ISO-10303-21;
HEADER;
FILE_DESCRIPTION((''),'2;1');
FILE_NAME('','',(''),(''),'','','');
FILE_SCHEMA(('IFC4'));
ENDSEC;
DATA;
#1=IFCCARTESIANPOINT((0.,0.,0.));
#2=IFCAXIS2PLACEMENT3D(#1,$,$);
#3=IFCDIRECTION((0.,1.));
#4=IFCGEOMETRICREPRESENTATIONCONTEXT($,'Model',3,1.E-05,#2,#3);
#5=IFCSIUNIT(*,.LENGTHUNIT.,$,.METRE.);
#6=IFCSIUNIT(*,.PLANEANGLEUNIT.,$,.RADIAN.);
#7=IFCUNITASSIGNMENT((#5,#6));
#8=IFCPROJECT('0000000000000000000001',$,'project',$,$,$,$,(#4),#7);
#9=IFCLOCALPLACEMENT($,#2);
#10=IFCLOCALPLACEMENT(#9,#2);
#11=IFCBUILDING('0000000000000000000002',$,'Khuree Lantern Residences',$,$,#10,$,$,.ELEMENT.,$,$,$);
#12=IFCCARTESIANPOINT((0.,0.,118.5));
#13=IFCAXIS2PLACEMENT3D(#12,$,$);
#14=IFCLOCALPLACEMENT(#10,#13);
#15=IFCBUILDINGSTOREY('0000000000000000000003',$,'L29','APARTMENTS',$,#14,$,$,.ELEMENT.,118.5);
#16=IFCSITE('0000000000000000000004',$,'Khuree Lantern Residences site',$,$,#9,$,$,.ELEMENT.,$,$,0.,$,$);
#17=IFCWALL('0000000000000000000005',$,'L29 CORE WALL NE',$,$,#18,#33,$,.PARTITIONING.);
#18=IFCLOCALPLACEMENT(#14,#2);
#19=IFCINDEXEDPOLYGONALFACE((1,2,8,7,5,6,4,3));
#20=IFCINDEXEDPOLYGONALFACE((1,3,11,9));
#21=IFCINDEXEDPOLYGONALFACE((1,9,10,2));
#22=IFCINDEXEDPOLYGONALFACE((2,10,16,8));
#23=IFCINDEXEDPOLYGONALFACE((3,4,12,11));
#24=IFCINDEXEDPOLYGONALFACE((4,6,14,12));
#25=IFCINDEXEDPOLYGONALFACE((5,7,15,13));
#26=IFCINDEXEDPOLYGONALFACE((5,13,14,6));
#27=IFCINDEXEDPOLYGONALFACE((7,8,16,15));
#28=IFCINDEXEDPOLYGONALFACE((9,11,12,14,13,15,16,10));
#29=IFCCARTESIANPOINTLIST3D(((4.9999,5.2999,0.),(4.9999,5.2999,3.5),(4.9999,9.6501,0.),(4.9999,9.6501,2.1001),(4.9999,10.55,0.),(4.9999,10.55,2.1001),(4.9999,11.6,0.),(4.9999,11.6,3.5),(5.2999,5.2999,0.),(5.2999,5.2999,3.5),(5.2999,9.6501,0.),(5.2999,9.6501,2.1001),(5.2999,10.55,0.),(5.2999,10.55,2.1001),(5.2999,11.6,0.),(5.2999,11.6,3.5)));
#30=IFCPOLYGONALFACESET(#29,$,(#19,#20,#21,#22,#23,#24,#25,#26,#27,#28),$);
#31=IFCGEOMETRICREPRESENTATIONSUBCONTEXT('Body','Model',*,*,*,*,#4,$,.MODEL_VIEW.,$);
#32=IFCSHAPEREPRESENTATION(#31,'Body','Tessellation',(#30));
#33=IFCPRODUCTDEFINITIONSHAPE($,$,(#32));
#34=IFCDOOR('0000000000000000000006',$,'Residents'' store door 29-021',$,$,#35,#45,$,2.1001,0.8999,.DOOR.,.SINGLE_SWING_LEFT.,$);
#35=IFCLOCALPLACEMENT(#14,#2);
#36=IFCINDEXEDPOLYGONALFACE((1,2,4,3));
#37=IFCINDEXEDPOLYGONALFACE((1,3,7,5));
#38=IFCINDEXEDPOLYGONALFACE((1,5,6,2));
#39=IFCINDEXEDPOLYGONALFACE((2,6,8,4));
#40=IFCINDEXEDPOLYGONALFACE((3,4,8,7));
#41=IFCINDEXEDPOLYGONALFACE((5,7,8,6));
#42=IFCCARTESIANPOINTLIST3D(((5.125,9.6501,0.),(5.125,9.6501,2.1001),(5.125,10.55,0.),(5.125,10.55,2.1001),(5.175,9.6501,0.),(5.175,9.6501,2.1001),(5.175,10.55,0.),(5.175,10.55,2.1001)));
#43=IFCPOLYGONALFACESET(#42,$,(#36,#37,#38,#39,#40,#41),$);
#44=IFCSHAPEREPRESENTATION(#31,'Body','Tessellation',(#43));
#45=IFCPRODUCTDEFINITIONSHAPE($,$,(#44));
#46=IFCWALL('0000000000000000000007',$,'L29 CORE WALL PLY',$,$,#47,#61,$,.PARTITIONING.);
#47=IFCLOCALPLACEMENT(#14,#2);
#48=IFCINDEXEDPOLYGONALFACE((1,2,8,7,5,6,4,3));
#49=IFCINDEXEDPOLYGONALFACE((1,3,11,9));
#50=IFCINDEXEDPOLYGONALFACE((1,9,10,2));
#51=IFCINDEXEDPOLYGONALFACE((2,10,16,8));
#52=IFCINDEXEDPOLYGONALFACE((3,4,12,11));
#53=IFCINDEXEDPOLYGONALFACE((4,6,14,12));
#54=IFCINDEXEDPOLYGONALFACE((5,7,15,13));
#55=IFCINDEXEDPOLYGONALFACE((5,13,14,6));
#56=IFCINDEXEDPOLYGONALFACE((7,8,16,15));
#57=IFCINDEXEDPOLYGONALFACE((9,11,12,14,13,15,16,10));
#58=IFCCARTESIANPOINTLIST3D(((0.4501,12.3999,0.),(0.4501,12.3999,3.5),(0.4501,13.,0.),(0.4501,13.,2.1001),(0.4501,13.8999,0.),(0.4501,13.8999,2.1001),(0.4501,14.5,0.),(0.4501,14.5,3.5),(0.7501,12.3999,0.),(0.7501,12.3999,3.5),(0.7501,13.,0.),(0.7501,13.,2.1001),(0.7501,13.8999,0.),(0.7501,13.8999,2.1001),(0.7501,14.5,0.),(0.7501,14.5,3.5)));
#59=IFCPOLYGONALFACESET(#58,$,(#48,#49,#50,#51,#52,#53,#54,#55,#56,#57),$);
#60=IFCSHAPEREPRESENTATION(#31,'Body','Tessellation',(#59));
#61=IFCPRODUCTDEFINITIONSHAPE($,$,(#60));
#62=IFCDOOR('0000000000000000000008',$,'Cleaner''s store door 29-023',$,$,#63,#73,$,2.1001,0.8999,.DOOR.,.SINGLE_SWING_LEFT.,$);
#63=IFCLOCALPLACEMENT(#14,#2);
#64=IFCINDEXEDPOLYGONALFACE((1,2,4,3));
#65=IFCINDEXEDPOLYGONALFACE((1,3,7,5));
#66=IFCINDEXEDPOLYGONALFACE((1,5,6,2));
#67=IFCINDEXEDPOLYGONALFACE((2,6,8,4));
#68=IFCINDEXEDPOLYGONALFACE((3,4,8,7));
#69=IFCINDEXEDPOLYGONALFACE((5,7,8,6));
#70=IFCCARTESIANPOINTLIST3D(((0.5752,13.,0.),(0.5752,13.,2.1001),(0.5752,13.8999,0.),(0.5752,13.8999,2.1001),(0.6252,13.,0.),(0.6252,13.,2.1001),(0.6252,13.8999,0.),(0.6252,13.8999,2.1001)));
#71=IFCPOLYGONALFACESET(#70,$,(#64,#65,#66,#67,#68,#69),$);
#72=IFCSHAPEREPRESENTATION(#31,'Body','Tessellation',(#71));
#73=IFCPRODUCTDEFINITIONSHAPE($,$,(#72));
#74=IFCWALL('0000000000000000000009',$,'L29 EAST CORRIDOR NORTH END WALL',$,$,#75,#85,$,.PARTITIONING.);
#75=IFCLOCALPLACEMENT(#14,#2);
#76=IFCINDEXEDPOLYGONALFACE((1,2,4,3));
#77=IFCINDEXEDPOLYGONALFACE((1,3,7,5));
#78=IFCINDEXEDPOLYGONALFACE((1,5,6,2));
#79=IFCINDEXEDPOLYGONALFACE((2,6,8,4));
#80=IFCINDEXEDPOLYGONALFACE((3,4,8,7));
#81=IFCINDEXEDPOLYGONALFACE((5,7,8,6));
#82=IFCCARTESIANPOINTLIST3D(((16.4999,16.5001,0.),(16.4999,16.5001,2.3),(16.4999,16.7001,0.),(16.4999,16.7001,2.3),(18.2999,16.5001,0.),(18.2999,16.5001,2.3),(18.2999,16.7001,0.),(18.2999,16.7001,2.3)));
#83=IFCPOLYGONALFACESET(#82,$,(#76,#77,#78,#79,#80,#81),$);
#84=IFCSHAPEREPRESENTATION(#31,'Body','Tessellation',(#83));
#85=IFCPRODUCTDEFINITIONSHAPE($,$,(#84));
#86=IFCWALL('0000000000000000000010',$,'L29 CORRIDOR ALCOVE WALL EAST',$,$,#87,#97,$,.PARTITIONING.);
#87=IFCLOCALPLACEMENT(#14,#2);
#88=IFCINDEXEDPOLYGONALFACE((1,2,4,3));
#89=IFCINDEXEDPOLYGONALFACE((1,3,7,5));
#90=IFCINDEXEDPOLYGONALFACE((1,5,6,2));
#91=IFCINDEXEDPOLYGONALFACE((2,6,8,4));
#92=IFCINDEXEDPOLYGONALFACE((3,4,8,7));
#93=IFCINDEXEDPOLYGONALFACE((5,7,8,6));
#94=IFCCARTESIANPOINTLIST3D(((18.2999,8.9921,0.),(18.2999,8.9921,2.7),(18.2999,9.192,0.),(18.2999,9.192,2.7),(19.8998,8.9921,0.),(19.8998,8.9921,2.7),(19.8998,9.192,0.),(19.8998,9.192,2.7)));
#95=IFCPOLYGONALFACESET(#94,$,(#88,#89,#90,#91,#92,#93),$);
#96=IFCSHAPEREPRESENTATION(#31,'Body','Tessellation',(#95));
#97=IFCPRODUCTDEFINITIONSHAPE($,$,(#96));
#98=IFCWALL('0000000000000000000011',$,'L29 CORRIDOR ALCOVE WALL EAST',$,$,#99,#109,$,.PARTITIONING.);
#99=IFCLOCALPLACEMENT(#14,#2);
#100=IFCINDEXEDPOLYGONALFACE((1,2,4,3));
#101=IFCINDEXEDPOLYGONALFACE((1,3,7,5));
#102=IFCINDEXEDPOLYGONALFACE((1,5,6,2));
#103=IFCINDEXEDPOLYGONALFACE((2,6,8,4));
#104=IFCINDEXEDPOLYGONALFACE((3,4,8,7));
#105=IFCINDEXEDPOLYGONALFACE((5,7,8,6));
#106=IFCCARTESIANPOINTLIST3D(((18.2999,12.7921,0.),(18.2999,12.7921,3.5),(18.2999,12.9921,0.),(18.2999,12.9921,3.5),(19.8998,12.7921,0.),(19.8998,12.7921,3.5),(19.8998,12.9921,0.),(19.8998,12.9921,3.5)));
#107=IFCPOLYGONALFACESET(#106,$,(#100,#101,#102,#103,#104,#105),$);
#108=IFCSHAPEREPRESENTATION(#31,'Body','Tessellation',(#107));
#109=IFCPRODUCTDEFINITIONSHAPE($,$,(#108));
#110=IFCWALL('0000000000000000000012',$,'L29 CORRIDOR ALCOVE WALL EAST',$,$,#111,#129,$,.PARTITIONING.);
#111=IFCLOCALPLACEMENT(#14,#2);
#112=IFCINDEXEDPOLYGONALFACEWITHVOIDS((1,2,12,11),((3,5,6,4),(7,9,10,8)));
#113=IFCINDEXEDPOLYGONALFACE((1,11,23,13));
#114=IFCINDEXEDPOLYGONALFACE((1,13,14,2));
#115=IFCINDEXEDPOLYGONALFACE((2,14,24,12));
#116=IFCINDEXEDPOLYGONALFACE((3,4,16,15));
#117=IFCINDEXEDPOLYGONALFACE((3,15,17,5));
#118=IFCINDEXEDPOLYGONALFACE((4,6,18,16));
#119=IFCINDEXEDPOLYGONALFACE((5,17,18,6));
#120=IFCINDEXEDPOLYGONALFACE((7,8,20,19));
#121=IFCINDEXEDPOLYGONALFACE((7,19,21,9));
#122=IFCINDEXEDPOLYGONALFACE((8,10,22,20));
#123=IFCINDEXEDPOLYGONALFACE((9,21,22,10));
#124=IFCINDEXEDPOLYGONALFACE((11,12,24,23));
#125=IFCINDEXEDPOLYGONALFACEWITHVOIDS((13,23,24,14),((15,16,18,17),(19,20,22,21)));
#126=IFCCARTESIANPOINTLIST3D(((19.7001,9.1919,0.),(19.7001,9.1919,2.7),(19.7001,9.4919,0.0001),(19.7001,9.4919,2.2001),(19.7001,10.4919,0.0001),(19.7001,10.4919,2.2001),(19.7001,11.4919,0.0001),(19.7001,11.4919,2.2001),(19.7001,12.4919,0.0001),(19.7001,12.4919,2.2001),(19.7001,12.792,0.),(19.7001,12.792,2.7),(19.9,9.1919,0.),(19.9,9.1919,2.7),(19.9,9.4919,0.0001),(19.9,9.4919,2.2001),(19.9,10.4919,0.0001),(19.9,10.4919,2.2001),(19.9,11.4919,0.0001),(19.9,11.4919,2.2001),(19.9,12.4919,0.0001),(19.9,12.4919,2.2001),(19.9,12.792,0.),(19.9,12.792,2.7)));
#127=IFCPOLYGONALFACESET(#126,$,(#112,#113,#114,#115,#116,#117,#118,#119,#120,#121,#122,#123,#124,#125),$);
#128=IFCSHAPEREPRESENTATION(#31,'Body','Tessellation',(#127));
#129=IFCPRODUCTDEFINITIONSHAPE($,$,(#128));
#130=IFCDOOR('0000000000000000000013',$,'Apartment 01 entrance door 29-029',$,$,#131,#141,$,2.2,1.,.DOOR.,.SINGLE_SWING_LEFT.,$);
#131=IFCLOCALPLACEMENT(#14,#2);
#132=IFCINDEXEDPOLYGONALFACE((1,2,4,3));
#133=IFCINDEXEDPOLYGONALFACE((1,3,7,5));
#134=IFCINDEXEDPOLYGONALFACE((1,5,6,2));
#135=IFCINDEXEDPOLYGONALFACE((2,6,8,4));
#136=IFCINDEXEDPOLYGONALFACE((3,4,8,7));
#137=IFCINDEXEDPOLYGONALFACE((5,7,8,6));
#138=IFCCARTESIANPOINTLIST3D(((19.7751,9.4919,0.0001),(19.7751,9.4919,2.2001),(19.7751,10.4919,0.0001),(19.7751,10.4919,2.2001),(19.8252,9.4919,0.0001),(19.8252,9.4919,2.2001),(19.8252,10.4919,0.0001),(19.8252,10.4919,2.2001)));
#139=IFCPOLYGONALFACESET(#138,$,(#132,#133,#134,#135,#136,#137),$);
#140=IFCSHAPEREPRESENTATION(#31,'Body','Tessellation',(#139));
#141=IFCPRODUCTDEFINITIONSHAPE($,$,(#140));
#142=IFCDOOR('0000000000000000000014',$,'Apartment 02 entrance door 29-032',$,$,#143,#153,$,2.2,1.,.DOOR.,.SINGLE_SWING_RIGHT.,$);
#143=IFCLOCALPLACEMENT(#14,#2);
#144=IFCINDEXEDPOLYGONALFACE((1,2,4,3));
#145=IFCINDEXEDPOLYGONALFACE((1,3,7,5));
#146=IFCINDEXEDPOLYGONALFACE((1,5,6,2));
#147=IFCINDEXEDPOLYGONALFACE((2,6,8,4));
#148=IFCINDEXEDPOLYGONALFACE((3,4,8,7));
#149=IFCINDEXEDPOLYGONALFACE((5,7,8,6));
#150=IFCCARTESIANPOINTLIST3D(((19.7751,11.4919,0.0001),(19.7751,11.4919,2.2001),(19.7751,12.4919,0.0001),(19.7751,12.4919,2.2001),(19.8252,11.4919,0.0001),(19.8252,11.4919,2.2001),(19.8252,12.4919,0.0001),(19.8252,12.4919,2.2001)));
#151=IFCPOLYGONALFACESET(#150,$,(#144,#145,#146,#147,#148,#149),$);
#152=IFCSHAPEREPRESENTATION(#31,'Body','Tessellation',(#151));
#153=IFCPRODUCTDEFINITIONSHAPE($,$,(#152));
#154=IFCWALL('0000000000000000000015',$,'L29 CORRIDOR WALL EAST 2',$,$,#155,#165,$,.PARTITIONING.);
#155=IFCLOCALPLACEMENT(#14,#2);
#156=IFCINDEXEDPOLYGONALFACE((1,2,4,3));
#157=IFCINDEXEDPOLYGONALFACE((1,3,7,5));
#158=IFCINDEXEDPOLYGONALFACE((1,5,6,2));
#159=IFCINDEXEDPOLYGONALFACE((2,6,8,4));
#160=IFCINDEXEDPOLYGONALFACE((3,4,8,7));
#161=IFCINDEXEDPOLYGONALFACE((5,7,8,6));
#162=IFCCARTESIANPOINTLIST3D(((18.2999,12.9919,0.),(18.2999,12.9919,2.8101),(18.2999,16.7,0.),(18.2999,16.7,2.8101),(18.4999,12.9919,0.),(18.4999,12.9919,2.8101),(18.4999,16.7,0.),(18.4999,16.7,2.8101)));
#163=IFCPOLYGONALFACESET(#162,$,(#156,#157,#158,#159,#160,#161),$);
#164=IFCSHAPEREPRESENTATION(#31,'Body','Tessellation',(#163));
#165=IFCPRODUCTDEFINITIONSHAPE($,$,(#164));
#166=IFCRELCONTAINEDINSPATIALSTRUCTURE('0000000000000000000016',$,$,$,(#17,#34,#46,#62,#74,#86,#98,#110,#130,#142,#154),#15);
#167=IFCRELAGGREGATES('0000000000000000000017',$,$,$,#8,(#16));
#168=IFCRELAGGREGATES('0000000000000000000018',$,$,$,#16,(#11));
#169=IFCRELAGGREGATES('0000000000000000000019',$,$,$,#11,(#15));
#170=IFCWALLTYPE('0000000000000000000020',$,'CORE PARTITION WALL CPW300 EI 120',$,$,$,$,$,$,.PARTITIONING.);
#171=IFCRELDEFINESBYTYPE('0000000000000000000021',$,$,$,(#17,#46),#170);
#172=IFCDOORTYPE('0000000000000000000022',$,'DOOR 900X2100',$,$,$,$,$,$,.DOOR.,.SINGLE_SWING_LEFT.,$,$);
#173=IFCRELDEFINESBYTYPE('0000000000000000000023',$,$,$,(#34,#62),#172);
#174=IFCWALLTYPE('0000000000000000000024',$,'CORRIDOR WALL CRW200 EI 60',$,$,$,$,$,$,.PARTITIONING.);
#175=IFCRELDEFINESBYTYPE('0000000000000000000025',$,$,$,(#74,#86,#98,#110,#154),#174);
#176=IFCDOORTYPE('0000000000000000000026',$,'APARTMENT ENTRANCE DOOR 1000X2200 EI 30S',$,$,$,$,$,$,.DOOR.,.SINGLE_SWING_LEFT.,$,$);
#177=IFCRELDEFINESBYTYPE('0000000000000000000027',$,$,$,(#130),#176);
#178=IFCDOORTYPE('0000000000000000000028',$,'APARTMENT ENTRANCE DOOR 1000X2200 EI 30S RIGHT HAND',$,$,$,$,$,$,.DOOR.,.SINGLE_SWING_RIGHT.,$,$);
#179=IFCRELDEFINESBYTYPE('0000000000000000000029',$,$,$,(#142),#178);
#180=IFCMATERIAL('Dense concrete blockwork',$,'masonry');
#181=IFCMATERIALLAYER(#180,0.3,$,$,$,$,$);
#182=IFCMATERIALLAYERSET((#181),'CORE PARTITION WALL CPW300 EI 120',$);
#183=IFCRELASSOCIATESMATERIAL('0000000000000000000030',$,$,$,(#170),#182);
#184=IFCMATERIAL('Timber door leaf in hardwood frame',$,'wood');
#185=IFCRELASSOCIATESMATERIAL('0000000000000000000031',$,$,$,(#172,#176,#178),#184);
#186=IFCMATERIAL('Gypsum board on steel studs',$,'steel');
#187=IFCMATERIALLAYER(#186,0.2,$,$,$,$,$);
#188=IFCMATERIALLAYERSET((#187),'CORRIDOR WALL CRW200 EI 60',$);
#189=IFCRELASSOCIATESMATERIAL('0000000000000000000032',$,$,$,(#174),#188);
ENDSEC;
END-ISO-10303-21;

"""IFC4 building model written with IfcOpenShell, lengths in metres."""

from ifc_helpers import new_model, si_unit, direction, frame, frame_2d, origin, place, context, subcontext, project, spatial, rectangle, extrude, material, layer, layer_set, type_object, element, fill, save


model = new_model("IFC4")

# Units and contexts
model_context = context("Model", 3, precision=1e-05, world=origin(), true_north=direction((0.0, 1.0)))
body_context = subcontext(model_context, "Body", "Model", "MODEL_VIEW")
ifc_project = project(units=[si_unit("LENGTHUNIT", "METRE"), si_unit("PLANEANGLEUNIT", "RADIAN")], contexts=[model_context])

# Site, building, storey
site_placement = place(None, origin())
site = spatial("IfcSite", under=ifc_project, at=site_placement, Name="Khuree Lantern Residences site", CompositionType="ELEMENT", RefElevation=0.0)
building_placement = place(site_placement, origin())
building = spatial("IfcBuilding", under=site, at=building_placement, Name="Khuree Lantern Residences", CompositionType="ELEMENT")
storey_placement = place(building_placement, frame((0.0, 0.0, 118.5)))
storey = spatial("IfcBuildingStorey", under=building, at=storey_placement, Name="L29", Description="APARTMENTS", CompositionType="ELEMENT", Elevation=118.5)

# Shared definitions
ifc_material_1 = material(Name="Timber door leaf in hardwood frame", Category="wood")

# Shared definitions
ifc_material_2 = material(Name="Dense concrete blockwork", Category="masonry")
ifc_layer_1 = layer(ifc_material_2, 0.3)
ifc_layer_set_1 = layer_set([ifc_layer_1], Name="CORE PARTITION WALL CPW300 EI 120")
wall_type_1 = type_object("IfcWallType", Name="CORE PARTITION WALL CPW300 EI 120", PredefinedType="PARTITIONING", material=ifc_layer_set_1)

# Walls, openings, doors
wall_1_placement = place(storey_placement, frame((5.1499, 5.3, 0.0), z_axis=(0.0, 0.0, 1.0), x_axis=(0.0, 1.0, 0.0)))
wall_1 = element("IfcWall", 1, at=wall_1_placement, inside=storey, type_object=wall_type_1, Name="L29 CORE WALL NE", PredefinedType="PARTITIONING", context=body_context, shape_type="SweptSolid", body=[
    extrude(rectangle(XDim=6.3, YDim=0.3, at=frame_2d((3.1499, 0.0))), origin(), (0.0, 0.0, 1.0), 3.5),
])
opening_1_placement = place(wall_1_placement, frame((4.3501, 0.0, 0.0)))
opening_1 = element("IfcOpeningElement", 2, at=opening_1_placement, cuts=wall_1, PredefinedType="OPENING", context=body_context, shape_type="SweptSolid", body=[
    extrude(rectangle(XDim=0.8999, YDim=2.1001, at=frame_2d((0.45, 1.05))), frame((0.0, 0.1602, 0.0), z_axis=(0.0, -1.0, 0.0), x_axis=(1.0, 0.0, 0.0)), (0.0, 0.0, 1.0), 0.3201),
])
door_type_1 = type_object("IfcDoorType", Name="DOOR 900X2100", OperationType="SINGLE_SWING_LEFT", PredefinedType="DOOR", material=ifc_material_1)
door_1_placement = place(opening_1_placement, origin())
door_1 = element("IfcDoor", 3, at=door_1_placement, inside=storey, type_object=door_type_1, Name="Residents' store door 29-021", OperationType="SINGLE_SWING_LEFT", OverallHeight=2.1001, OverallWidth=0.8999, PredefinedType="DOOR", context=body_context, shape_type="SweptSolid", body=[
    extrude(rectangle(XDim=0.8999, YDim=2.1001, at=frame_2d((0.45, 1.05))), frame((0.0, 0.0249, 0.0), z_axis=(0.0, -1.0, 0.0), x_axis=(1.0, 0.0, 0.0)), (0.0, 0.0, 1.0), 0.05),
])
fill(opening_1, door_1)
wall_2_placement = place(storey_placement, frame((0.6001, 12.3999, 0.0), z_axis=(0.0, 0.0, 1.0), x_axis=(0.0, 1.0, 0.0)))
wall_2 = element("IfcWall", 4, at=wall_2_placement, inside=storey, type_object=wall_type_1, Name="L29 CORE WALL PLY", PredefinedType="PARTITIONING", context=body_context, shape_type="SweptSolid", body=[
    extrude(rectangle(XDim=2.1001, YDim=0.3, at=frame_2d((1.05, 0.0))), origin(), (0.0, 0.0, 1.0), 3.5),
])
opening_2_placement = place(wall_2_placement, frame((0.6001, 0.0, 0.0)))
opening_2 = element("IfcOpeningElement", 5, at=opening_2_placement, cuts=wall_2, PredefinedType="OPENING", context=body_context, shape_type="SweptSolid", body=[
    extrude(rectangle(XDim=0.8999, YDim=2.1001, at=frame_2d((0.45, 1.05))), frame((0.0, 0.1602, 0.0), z_axis=(0.0, -1.0, 0.0), x_axis=(1.0, 0.0, 0.0)), (0.0, 0.0, 1.0), 0.3201),
])
door_2_placement = place(opening_2_placement, origin())
door_2 = element("IfcDoor", 6, at=door_2_placement, inside=storey, type_object=door_type_1, Name="Cleaner's store door 29-023", OperationType="SINGLE_SWING_LEFT", OverallHeight=2.1001, OverallWidth=0.8999, PredefinedType="DOOR", context=body_context, shape_type="SweptSolid", body=[
    extrude(rectangle(XDim=0.8999, YDim=2.1001, at=frame_2d((0.45, 1.05))), frame((0.0, 0.0249, 0.0), z_axis=(0.0, -1.0, 0.0), x_axis=(1.0, 0.0, 0.0)), (0.0, 0.0, 1.0), 0.05),
])
fill(opening_2, door_2)

# Walls
ifc_material_3 = material(Name="Gypsum board on steel studs", Category="steel")
ifc_layer_2 = layer(ifc_material_3, 0.2)
ifc_layer_set_2 = layer_set([ifc_layer_2], Name="CORRIDOR WALL CRW200 EI 60")
wall_type_2 = type_object("IfcWallType", Name="CORRIDOR WALL CRW200 EI 60", PredefinedType="PARTITIONING", material=ifc_layer_set_2)
wall_3_placement = place(storey_placement, frame((16.5, 16.6001, 0.0), z_axis=(0.0, 0.0, 1.0), x_axis=(1.0, 0.0, 0.0)))
element("IfcWall", 7, at=wall_3_placement, inside=storey, type_object=wall_type_2, Name="L29 EAST CORRIDOR NORTH END WALL", PredefinedType="PARTITIONING", context=body_context, shape_type="SweptSolid", body=[
    extrude(rectangle(XDim=1.8, YDim=0.2, at=frame_2d((0.8999, 0.0))), origin(), (0.0, 0.0, 1.0), 2.3),
])
wall_4_placement = place(storey_placement, frame((18.3, 9.092, 0.0), z_axis=(0.0, 0.0, 1.0), x_axis=(1.0, 0.0, 0.0)))
element("IfcWall", 8, at=wall_4_placement, inside=storey, type_object=wall_type_2, Name="L29 CORRIDOR ALCOVE WALL EAST", PredefinedType="PARTITIONING", context=body_context, shape_type="SweptSolid", body=[
    extrude(rectangle(XDim=1.5999, YDim=0.2, at=frame_2d((0.7998, 0.0))), origin(), (0.0, 0.0, 1.0), 2.7),
])
wall_5_placement = place(storey_placement, frame((18.3, 12.8921, 0.0), z_axis=(0.0, 0.0, 1.0), x_axis=(1.0, 0.0, 0.0)))
element("IfcWall", 9, at=wall_5_placement, inside=storey, type_object=wall_type_2, Name="L29 CORRIDOR ALCOVE WALL EAST", PredefinedType="PARTITIONING", context=body_context, shape_type="SweptSolid", body=[
    extrude(rectangle(XDim=1.5999, YDim=0.2, at=frame_2d((0.7998, 0.0))), origin(), (0.0, 0.0, 1.0), 3.5),
])

# Wall, openings, doors
wall_6_placement = place(storey_placement, frame((19.8, 9.1919, 0.0), z_axis=(0.0, 0.0, 1.0), x_axis=(0.0, 1.0, 0.0)))
wall_6 = element("IfcWall", 10, at=wall_6_placement, inside=storey, type_object=wall_type_2, Name="L29 CORRIDOR ALCOVE WALL EAST", PredefinedType="PARTITIONING", context=body_context, shape_type="SweptSolid", body=[
    extrude(rectangle(XDim=3.6001, YDim=0.2, at=frame_2d((1.8, 0.0))), origin(), (0.0, 0.0, 1.0), 2.7),
])
opening_3_placement = place(wall_6_placement, frame((0.3, 0.0, 0.0)))
opening_3 = element("IfcOpeningElement", 11, at=opening_3_placement, cuts=wall_6, PredefinedType="OPENING", context=body_context, shape_type="SweptSolid", body=[
    extrude(rectangle(XDim=1.0, YDim=2.2, at=frame_2d((0.5, 1.1001))), frame((0.0, 0.1099, 0.0), z_axis=(0.0, -1.0, 0.0), x_axis=(1.0, 0.0, 0.0)), (0.0, 0.0, 1.0), 0.22),
])
opening_4_placement = place(wall_6_placement, frame((2.3, 0.0, 0.0)))
opening_4 = element("IfcOpeningElement", 12, at=opening_4_placement, cuts=wall_6, PredefinedType="OPENING", context=body_context, shape_type="SweptSolid", body=[
    extrude(rectangle(XDim=1.0, YDim=2.2, at=frame_2d((0.5, 1.1001))), frame((0.0, 0.1099, 0.0), z_axis=(0.0, -1.0, 0.0), x_axis=(1.0, 0.0, 0.0)), (0.0, 0.0, 1.0), 0.22),
])
door_type_2 = type_object("IfcDoorType", Name="APARTMENT ENTRANCE DOOR 1000X2200 EI 30S", OperationType="SINGLE_SWING_LEFT", PredefinedType="DOOR", material=ifc_material_1)
door_3_placement = place(opening_3_placement, origin())
door_3 = element("IfcDoor", 13, at=door_3_placement, inside=storey, type_object=door_type_2, Name="Apartment 01 entrance door 29-029", OperationType="SINGLE_SWING_LEFT", OverallHeight=2.2, OverallWidth=1.0, PredefinedType="DOOR", context=body_context, shape_type="SweptSolid", body=[
    extrude(rectangle(XDim=1.0, YDim=2.2, at=frame_2d((0.5, 1.1001))), frame((0.0, 0.0249, 0.0), z_axis=(0.0, -1.0, 0.0), x_axis=(1.0, 0.0, 0.0)), (0.0, 0.0, 1.0), 0.05),
])
fill(opening_3, door_3)
door_type_3 = type_object("IfcDoorType", Name="APARTMENT ENTRANCE DOOR 1000X2200 EI 30S RIGHT HAND", OperationType="SINGLE_SWING_RIGHT", PredefinedType="DOOR", material=ifc_material_1)
door_4_placement = place(opening_4_placement, origin())
door_4 = element("IfcDoor", 14, at=door_4_placement, inside=storey, type_object=door_type_3, Name="Apartment 02 entrance door 29-032", OperationType="SINGLE_SWING_RIGHT", OverallHeight=2.2, OverallWidth=1.0, PredefinedType="DOOR", context=body_context, shape_type="SweptSolid", body=[
    extrude(rectangle(XDim=1.0, YDim=2.2, at=frame_2d((0.5, 1.1001))), frame((0.0, 0.0249, 0.0), z_axis=(0.0, -1.0, 0.0), x_axis=(1.0, 0.0, 0.0)), (0.0, 0.0, 1.0), 0.05),
])
fill(opening_4, door_4)

# Wall
wall_7_placement = place(storey_placement, frame((18.3999, 12.9919, 0.0), z_axis=(0.0, 0.0, 1.0), x_axis=(0.0, 1.0, 0.0)))
element("IfcWall", 15, at=wall_7_placement, inside=storey, type_object=wall_type_2, Name="L29 CORRIDOR WALL EAST 2", PredefinedType="PARTITIONING", context=body_context, shape_type="SweptSolid", body=[
    extrude(rectangle(XDim=3.708, YDim=0.2, at=frame_2d((1.854, 0.0))), origin(), (0.0, 0.0, 1.0), 2.8101),
])

save(model, "model.ifc")
